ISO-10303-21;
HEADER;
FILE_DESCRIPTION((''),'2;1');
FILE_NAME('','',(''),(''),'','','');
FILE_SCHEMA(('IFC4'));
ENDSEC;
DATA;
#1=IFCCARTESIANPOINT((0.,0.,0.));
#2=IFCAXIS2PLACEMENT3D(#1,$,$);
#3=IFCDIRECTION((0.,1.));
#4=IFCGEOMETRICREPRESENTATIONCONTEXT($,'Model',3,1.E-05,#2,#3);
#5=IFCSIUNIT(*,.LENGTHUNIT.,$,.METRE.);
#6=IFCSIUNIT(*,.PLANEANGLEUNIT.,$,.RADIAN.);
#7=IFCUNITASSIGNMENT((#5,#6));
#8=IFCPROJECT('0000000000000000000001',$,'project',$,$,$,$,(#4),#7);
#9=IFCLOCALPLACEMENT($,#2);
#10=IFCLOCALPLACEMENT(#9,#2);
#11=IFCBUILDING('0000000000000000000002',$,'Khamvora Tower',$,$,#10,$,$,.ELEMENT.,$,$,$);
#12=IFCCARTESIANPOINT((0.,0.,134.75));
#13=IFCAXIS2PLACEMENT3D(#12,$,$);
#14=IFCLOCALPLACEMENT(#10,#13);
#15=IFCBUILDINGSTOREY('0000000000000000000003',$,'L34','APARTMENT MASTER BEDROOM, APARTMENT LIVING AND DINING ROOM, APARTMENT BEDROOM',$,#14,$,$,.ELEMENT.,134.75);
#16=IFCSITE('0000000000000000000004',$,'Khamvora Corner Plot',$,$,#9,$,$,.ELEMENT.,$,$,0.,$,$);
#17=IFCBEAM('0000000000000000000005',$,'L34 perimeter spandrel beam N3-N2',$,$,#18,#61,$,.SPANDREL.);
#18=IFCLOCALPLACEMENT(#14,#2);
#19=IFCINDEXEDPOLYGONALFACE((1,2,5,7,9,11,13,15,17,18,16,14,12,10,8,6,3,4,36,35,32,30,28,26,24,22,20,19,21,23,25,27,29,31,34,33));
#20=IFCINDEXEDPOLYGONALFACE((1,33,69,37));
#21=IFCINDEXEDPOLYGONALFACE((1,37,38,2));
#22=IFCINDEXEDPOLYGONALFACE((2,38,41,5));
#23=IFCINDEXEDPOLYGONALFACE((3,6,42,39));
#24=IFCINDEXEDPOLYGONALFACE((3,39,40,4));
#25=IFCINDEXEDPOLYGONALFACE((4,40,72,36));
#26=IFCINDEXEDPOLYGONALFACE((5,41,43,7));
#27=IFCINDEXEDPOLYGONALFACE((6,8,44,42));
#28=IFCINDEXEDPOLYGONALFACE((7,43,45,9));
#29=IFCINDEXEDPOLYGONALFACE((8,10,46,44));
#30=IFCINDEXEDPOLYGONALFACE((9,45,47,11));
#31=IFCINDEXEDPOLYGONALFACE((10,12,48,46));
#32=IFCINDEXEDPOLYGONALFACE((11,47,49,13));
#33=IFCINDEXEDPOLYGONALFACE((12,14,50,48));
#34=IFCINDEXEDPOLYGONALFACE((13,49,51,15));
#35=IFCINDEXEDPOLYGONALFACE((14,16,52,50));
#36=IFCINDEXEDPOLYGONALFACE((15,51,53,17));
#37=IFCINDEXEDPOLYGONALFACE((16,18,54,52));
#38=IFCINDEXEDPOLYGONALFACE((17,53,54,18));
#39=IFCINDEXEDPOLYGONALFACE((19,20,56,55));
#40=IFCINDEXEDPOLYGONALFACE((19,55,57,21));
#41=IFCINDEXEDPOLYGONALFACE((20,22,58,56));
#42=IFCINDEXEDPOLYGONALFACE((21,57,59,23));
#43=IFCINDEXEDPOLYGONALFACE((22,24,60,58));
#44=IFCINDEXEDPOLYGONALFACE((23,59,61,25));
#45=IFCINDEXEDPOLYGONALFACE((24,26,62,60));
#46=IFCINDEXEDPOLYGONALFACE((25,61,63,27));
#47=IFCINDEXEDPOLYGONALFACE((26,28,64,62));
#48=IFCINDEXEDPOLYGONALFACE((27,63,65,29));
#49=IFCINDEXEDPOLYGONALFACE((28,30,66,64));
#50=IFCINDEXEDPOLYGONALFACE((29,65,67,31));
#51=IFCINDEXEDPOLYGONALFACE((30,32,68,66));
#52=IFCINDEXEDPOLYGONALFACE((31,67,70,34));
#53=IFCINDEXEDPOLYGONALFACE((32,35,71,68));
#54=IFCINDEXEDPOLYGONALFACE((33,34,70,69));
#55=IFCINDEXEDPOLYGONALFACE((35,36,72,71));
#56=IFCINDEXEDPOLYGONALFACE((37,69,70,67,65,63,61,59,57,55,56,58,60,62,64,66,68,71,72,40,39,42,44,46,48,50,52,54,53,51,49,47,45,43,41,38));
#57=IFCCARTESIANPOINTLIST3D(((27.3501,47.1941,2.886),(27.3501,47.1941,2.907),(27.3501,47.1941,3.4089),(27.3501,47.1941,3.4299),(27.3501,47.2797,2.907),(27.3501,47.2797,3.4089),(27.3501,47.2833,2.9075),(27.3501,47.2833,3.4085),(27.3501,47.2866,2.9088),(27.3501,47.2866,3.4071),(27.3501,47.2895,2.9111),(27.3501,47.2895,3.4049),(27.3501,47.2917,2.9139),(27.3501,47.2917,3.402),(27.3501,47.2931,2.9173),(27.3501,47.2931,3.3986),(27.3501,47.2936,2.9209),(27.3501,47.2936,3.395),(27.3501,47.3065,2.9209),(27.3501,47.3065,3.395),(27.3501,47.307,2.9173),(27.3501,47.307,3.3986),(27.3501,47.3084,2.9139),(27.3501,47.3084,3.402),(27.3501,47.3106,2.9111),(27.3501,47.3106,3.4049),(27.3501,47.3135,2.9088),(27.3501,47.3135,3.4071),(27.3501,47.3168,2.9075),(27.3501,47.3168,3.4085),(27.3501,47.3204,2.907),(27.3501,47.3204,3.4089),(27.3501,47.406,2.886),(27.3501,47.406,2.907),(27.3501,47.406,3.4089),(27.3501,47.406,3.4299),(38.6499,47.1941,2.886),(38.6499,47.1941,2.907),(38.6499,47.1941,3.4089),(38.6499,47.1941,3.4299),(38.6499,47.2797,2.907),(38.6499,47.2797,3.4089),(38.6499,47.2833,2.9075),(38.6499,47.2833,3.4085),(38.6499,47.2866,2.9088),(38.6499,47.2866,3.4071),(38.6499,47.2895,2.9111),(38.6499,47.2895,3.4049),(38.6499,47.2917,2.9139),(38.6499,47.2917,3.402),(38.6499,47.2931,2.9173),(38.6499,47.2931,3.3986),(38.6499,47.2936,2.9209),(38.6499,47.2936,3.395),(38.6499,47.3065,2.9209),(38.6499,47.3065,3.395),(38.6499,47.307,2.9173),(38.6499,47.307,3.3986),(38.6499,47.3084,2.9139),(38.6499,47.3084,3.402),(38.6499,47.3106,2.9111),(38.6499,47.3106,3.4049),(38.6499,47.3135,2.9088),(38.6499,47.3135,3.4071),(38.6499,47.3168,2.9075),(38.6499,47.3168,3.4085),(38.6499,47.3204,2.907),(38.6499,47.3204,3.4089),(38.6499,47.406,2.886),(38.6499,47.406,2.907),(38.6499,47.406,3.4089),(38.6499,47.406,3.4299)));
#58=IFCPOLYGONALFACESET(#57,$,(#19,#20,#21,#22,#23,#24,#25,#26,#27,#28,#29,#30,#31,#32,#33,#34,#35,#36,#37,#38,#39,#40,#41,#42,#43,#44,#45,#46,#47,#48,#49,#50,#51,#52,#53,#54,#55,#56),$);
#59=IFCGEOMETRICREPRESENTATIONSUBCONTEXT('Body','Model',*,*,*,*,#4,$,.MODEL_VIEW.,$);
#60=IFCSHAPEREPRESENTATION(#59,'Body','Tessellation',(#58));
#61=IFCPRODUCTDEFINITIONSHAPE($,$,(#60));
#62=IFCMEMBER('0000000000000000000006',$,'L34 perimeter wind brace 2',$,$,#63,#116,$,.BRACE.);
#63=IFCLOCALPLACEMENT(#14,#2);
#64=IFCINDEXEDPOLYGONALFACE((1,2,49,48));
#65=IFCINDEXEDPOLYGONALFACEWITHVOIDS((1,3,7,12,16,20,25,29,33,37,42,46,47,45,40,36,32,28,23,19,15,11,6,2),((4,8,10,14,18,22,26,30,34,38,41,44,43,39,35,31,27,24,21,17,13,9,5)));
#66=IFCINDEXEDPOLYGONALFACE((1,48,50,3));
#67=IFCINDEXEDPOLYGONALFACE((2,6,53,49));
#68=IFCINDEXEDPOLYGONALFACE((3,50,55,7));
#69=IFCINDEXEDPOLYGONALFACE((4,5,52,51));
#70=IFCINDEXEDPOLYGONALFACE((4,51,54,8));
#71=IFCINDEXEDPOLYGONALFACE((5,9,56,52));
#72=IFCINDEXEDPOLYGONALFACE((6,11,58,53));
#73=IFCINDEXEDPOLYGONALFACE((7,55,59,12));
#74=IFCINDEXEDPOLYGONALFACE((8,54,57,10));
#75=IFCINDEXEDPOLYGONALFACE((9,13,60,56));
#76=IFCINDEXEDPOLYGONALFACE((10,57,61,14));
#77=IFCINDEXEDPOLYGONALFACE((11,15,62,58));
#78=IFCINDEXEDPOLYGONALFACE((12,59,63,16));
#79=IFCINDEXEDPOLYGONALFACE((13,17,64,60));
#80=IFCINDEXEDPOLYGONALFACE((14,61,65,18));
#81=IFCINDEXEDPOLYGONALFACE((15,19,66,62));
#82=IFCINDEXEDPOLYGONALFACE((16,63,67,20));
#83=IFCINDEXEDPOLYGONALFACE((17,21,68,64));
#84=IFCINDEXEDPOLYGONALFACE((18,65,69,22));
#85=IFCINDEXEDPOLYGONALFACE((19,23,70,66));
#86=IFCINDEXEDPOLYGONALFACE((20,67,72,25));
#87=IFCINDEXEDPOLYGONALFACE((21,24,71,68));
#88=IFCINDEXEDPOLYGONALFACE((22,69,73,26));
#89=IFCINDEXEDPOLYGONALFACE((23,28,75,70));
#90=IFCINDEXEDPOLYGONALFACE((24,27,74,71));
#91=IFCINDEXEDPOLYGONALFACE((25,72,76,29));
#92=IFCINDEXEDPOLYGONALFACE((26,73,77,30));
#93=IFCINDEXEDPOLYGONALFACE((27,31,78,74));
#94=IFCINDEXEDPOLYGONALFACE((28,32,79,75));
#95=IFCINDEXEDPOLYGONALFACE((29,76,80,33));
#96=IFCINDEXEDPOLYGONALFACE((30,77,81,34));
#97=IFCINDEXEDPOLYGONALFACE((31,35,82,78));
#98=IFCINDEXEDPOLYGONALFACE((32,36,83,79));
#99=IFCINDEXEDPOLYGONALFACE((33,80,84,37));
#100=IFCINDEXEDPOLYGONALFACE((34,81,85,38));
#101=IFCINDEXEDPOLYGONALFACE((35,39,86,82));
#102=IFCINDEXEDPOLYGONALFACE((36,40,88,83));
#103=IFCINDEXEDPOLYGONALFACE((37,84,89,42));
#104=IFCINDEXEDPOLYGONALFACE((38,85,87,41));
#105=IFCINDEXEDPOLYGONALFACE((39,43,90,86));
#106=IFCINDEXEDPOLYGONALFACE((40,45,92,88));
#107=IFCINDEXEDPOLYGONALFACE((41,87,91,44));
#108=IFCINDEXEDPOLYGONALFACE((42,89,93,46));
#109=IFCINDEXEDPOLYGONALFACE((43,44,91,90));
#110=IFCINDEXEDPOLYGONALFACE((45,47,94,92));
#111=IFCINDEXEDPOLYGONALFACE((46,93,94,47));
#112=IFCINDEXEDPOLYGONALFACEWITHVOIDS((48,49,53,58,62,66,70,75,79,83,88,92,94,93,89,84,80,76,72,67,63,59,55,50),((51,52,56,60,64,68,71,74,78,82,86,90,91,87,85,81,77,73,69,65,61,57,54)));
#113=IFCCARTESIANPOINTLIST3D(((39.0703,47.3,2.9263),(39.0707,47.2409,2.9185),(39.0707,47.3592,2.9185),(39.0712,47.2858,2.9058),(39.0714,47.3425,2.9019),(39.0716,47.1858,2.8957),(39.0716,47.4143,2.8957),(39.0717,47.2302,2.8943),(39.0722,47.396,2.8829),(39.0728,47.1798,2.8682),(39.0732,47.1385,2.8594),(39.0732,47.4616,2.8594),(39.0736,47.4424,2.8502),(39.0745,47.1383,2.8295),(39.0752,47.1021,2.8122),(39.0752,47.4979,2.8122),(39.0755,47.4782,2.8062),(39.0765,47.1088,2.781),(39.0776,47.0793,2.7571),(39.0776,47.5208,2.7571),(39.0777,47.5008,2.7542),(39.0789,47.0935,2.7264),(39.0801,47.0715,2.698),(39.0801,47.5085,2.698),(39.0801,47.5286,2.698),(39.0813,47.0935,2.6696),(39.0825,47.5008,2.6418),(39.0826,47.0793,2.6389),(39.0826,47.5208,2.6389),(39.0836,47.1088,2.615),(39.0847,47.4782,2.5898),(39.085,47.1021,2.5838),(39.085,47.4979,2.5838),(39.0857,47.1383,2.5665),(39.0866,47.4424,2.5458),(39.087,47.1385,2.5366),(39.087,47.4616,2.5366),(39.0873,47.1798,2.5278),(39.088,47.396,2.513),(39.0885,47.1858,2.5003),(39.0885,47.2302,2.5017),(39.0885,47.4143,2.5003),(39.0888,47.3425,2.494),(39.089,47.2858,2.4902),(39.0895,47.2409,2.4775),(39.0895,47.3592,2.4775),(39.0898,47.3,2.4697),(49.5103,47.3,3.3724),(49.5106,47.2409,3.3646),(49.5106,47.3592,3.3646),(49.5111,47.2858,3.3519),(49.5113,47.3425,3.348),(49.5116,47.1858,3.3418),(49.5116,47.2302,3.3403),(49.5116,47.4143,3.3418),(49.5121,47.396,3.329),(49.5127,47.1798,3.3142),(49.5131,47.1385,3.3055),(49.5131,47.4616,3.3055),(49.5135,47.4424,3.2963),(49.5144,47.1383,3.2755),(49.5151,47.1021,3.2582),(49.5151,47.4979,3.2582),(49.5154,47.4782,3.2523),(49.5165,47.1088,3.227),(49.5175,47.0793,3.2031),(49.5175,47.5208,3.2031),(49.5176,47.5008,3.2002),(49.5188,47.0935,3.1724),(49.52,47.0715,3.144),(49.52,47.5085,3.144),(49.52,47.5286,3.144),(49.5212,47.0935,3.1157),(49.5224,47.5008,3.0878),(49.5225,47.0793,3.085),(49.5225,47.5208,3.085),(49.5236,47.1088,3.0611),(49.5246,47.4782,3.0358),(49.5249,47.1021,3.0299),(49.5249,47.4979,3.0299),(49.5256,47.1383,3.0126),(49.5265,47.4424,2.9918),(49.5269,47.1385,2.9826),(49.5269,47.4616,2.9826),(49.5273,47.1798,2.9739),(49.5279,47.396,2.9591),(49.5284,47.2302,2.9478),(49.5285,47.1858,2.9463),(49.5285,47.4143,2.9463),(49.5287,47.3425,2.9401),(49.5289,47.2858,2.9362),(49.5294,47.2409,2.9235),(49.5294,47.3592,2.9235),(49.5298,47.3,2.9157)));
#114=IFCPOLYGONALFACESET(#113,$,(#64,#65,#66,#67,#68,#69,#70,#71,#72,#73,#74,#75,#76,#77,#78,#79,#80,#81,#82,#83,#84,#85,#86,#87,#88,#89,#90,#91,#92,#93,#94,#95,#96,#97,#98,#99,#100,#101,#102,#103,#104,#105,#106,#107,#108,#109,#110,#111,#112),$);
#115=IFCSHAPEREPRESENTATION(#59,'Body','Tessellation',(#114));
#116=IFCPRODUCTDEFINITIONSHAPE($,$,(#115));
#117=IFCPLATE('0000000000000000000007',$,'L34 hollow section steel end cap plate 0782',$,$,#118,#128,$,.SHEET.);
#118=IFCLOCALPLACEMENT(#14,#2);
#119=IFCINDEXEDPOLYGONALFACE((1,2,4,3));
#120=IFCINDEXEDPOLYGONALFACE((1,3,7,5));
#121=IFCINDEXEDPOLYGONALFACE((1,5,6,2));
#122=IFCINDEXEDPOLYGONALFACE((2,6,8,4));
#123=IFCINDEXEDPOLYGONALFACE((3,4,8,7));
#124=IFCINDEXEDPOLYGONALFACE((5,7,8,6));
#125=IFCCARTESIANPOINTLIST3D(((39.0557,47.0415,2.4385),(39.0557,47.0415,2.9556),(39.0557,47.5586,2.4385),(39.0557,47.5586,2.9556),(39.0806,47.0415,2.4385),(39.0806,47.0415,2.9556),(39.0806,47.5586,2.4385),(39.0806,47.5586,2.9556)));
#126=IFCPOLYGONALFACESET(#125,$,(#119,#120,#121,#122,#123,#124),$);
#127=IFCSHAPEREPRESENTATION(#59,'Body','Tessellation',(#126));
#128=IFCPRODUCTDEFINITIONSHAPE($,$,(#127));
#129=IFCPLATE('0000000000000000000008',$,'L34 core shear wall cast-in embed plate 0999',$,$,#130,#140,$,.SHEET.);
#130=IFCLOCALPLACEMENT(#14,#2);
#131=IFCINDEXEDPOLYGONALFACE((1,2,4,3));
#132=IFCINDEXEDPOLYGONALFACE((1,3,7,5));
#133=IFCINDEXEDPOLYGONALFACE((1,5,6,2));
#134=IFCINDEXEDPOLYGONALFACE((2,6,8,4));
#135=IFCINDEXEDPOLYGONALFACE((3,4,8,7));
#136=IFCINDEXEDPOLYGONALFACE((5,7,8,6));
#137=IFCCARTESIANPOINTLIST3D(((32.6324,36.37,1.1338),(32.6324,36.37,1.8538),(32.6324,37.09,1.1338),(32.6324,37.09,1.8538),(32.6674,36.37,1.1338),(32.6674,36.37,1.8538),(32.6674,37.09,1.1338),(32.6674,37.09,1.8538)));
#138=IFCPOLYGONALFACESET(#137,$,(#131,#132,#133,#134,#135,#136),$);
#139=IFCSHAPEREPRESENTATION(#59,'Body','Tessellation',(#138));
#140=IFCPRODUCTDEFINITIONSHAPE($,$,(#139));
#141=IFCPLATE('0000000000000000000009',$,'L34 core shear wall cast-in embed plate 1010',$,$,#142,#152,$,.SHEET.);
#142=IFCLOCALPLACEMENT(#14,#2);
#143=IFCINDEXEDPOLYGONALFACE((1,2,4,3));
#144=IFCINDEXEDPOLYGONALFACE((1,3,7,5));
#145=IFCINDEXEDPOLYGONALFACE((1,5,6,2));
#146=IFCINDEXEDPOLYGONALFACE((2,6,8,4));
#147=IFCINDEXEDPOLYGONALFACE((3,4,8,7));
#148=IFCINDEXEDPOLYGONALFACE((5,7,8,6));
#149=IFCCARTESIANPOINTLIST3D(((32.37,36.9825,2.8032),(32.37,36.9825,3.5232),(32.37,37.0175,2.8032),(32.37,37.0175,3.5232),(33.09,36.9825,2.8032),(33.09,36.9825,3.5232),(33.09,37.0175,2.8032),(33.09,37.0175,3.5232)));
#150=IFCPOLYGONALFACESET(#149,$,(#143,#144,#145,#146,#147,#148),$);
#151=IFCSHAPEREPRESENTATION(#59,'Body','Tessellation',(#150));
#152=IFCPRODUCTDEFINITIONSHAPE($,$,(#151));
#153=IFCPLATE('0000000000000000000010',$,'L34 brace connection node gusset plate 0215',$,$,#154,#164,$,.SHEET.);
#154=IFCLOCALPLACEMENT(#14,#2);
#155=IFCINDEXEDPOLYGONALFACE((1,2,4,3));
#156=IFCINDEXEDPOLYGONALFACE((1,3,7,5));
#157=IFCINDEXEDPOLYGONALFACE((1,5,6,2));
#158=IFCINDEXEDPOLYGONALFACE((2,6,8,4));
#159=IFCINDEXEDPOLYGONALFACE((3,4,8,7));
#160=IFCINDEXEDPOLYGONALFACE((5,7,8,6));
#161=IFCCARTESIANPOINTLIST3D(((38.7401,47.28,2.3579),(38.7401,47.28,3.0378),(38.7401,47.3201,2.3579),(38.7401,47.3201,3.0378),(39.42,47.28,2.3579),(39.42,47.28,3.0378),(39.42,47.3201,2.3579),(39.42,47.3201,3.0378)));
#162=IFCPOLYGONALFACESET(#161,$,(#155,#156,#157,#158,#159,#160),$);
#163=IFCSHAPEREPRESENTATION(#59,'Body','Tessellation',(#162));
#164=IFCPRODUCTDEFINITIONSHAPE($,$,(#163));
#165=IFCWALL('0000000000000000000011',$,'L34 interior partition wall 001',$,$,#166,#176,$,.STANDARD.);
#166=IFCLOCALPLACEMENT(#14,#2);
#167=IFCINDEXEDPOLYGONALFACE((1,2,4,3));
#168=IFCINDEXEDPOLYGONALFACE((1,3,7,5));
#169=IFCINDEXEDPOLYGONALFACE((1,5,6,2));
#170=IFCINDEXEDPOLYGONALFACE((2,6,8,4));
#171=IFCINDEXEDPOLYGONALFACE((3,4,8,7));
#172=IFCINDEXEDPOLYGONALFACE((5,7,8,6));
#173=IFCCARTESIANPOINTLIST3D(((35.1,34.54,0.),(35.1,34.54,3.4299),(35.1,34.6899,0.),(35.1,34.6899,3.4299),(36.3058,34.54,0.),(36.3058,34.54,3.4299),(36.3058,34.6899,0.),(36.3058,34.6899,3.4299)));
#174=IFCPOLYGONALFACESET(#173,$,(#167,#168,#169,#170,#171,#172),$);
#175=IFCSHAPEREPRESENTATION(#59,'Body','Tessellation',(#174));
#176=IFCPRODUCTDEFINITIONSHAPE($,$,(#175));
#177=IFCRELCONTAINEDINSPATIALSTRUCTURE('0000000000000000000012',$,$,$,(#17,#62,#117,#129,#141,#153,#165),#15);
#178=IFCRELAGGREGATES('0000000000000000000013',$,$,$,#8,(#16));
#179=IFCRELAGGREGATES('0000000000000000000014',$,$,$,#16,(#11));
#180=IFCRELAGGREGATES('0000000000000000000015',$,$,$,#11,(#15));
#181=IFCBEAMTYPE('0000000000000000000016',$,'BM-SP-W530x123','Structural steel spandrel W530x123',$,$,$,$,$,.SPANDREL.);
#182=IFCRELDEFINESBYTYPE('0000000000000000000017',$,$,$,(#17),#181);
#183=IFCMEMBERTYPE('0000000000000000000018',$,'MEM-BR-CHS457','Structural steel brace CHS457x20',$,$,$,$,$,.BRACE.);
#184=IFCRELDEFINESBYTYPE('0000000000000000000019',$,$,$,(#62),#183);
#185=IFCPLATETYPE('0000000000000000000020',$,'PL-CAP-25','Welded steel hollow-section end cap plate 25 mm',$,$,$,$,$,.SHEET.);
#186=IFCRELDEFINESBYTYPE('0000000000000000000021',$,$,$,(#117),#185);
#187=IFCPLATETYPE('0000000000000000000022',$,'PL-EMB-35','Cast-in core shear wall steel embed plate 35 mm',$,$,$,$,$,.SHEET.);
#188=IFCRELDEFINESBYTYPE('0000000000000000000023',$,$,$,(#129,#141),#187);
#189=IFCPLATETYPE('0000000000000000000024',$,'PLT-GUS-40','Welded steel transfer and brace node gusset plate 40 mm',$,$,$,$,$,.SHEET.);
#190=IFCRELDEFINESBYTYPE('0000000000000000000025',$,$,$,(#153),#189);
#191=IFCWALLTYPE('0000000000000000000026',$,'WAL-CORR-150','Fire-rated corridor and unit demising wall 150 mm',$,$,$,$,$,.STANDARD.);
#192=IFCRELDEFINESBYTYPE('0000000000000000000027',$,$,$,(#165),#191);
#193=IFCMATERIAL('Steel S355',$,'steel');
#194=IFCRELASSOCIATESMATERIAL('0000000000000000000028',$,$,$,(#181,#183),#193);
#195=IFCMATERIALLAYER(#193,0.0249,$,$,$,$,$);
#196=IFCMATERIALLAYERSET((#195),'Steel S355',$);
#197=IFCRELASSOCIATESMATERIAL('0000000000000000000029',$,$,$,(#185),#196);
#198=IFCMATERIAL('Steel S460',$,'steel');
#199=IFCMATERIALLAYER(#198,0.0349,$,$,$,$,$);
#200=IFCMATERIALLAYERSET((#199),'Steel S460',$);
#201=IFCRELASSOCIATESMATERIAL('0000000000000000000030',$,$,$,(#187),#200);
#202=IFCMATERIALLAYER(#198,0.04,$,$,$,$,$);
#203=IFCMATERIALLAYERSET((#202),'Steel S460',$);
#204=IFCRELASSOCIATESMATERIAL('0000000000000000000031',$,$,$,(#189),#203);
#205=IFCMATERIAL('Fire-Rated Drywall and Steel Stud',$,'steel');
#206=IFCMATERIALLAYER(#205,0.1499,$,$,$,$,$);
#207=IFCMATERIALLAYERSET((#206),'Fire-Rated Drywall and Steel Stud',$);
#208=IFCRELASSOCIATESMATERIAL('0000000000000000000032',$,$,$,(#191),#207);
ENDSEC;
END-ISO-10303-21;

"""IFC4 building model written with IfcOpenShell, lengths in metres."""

from ifc_helpers import new_model, si_unit, direction, frame, frame_2d, origin, origin_2d, place, context, subcontext, project, spatial, rectangle, hollow_circle, i_section, extrude, material, layer, layer_set, material_profile, profile_set, type_object, element, save


model = new_model("IFC4")

# Units and contexts
model_context = context("Model", 3, precision=1e-05, world=origin(), true_north=direction((0.0, 1.0)))
body_context = subcontext(model_context, "Body", "Model", "MODEL_VIEW")
ifc_project = project(units=[si_unit("LENGTHUNIT", "METRE"), si_unit("PLANEANGLEUNIT", "RADIAN")], contexts=[model_context])

# Site, building, storey
site_placement = place(None, origin())
site = spatial("IfcSite", under=ifc_project, at=site_placement, Name="Khamvora Corner Plot", CompositionType="ELEMENT", RefElevation=0.0)
building_placement = place(site_placement, origin())
building = spatial("IfcBuilding", under=site, at=building_placement, Name="Khamvora Tower", CompositionType="ELEMENT")
storey_placement = place(building_placement, frame((0.0, 0.0, 134.75)))
storey = spatial("IfcBuildingStorey", under=building, at=storey_placement, Name="L34", Description="APARTMENT MASTER BEDROOM, APARTMENT LIVING AND DINING ROOM, APARTMENT BEDROOM", CompositionType="ELEMENT", Elevation=134.75)

# Shared definitions
ifc_material_1 = material(Name="Steel S460", Category="steel")
ifc_material_2 = material(Name="Steel S355", Category="steel")

# Beam
ifc_material_profile_1 = material_profile(ifc_material_2, i_section(OverallWidth=0.2119, OverallDepth=0.5439, WebThickness=0.0129, FlangeThickness=0.021, FilletRadius=0.0139, at=origin_2d()), Name="W530x123")
ifc_profile_set_1 = profile_set([ifc_material_profile_1], Name="Steel S355")
beam_type_1 = type_object("IfcBeamType", Name="BM-SP-W530x123", Description="Structural steel spandrel W530x123", PredefinedType="SPANDREL", material=ifc_profile_set_1)
beam_1_placement = place(storey_placement, frame((38.6499, 47.3, 3.158), z_axis=(-1.0, 0.0, 0.0), x_axis=(0.0, -1.0, 0.0)))
element("IfcBeam", 1, at=beam_1_placement, inside=storey, type_object=beam_type_1, Name="L34 perimeter spandrel beam N3-N2", PredefinedType="SPANDREL", context=body_context, shape_type="SweptSolid", body=[
    extrude(i_section(OverallWidth=0.2119, OverallDepth=0.5439, WebThickness=0.0129, FlangeThickness=0.021, FilletRadius=0.0139, at=origin_2d()), origin(), (0.0, 0.0, 1.0), 11.2998),
])

# Member
ifc_material_profile_2 = material_profile(ifc_material_2, hollow_circle(Radius=0.2285, WallThickness=0.02, at=origin_2d()), Name="CHS457x20")
ifc_profile_set_2 = profile_set([ifc_material_profile_2], Name="Steel S355")
member_type = type_object("IfcMemberType", Name="MEM-BR-CHS457", Description="Structural steel brace CHS457x20", PredefinedType="BRACE", material=ifc_profile_set_2)
member_placement = place(storey_placement, frame((39.0801, 47.3, 2.698), z_axis=(0.999089, 0.0, 0.042686), x_axis=(0.0, 1.0, 0.0)))
element("IfcMember", 2, at=member_placement, inside=storey, type_object=member_type, Name="L34 perimeter wind brace 2", PredefinedType="BRACE", context=body_context, shape_type="SweptSolid", body=[
    extrude(hollow_circle(Radius=0.2285, WallThickness=0.02, at=origin_2d()), origin(), (0.0, 0.0, 1.0), 10.4495),
])

# Plates
ifc_layer_1 = layer(ifc_material_2, 0.0249)
ifc_layer_set_1 = layer_set([ifc_layer_1], Name="Steel S355")
plate_type_1 = type_object("IfcPlateType", Name="PL-CAP-25", Description="Welded steel hollow-section end cap plate 25 mm", PredefinedType="SHEET", material=ifc_layer_set_1)
plate_1_placement = place(storey_placement, frame((39.0681, 47.3, 2.4385), z_axis=(0.0, 0.0, 1.0), x_axis=(1.0, 0.0, 0.0)))
element("IfcPlate", 3, at=plate_1_placement, inside=storey, type_object=plate_type_1, Name="L34 hollow section steel end cap plate 0782", PredefinedType="SHEET", context=body_context, shape_type="SweptSolid", body=[
    extrude(rectangle(XDim=0.0249, YDim=0.5171, at=origin_2d()), origin(), (0.0, 0.0, 1.0), 0.5171),
])
ifc_layer_2 = layer(ifc_material_1, 0.0349)
ifc_layer_set_2 = layer_set([ifc_layer_2], Name="Steel S460")
plate_type_2 = type_object("IfcPlateType", Name="PL-EMB-35", Description="Cast-in core shear wall steel embed plate 35 mm", PredefinedType="SHEET", material=ifc_layer_set_2)
plate_2_placement = place(storey_placement, frame((32.6499, 36.73, 1.1338), z_axis=(0.0, 0.0, 1.0), x_axis=(1.0, 0.0, 0.0)))
element("IfcPlate", 4, at=plate_2_placement, inside=storey, type_object=plate_type_2, Name="L34 core shear wall cast-in embed plate 0999", PredefinedType="SHEET", context=body_context, shape_type="SweptSolid", body=[
    extrude(rectangle(XDim=0.0349, YDim=0.72, at=origin_2d()), origin(), (0.0, 0.0, 1.0), 0.72),
])
plate_3_placement = place(storey_placement, frame((32.73, 37.0, 2.8032), z_axis=(0.0, 0.0, 1.0), x_axis=(1.0, 0.0, 0.0)))
element("IfcPlate", 5, at=plate_3_placement, inside=storey, type_object=plate_type_2, Name="L34 core shear wall cast-in embed plate 1010", PredefinedType="SHEET", context=body_context, shape_type="SweptSolid", body=[
    extrude(rectangle(XDim=0.72, YDim=0.0349, at=origin_2d()), origin(), (0.0, 0.0, 1.0), 0.72),
])
ifc_layer_3 = layer(ifc_material_1, 0.04)
ifc_layer_set_3 = layer_set([ifc_layer_3], Name="Steel S460")
plate_type_3 = type_object("IfcPlateType", Name="PLT-GUS-40", Description="Welded steel transfer and brace node gusset plate 40 mm", PredefinedType="SHEET", material=ifc_layer_set_3)
plate_4_placement = place(storey_placement, frame((39.0801, 47.3, 2.3579), z_axis=(0.0, 0.0, 1.0), x_axis=(1.0, 0.0, 0.0)))
element("IfcPlate", 6, at=plate_4_placement, inside=storey, type_object=plate_type_3, Name="L34 brace connection node gusset plate 0215", PredefinedType="SHEET", context=body_context, shape_type="SweptSolid", body=[
    extrude(rectangle(XDim=0.6799, YDim=0.04, at=origin_2d()), origin(), (0.0, 0.0, 1.0), 0.6799),
])

# Wall
ifc_material_3 = material(Name="Fire-Rated Drywall and Steel Stud", Category="steel")
ifc_layer_4 = layer(ifc_material_3, 0.1499)
ifc_layer_set_4 = layer_set([ifc_layer_4], Name="Fire-Rated Drywall and Steel Stud")
wall_type_1 = type_object("IfcWallType", Name="WAL-CORR-150", Description="Fire-rated corridor and unit demising wall 150 mm", PredefinedType="STANDARD", material=ifc_layer_set_4)
wall_1_placement = place(storey_placement, frame((36.3059, 34.615, 0.0), z_axis=(0.0, 0.0, 1.0), x_axis=(-1.0, 0.0, 0.0)))
element("IfcWall", 7, at=wall_1_placement, inside=storey, type_object=wall_type_1, Name="L34 interior partition wall 001", PredefinedType="STANDARD", context=body_context, shape_type="SweptSolid", body=[
    extrude(rectangle(XDim=1.2058, YDim=0.1499, at=frame_2d((0.603, 0.0))), origin(), (0.0, 0.0, 1.0), 3.4299),
])

save(model, "model.ifc")
